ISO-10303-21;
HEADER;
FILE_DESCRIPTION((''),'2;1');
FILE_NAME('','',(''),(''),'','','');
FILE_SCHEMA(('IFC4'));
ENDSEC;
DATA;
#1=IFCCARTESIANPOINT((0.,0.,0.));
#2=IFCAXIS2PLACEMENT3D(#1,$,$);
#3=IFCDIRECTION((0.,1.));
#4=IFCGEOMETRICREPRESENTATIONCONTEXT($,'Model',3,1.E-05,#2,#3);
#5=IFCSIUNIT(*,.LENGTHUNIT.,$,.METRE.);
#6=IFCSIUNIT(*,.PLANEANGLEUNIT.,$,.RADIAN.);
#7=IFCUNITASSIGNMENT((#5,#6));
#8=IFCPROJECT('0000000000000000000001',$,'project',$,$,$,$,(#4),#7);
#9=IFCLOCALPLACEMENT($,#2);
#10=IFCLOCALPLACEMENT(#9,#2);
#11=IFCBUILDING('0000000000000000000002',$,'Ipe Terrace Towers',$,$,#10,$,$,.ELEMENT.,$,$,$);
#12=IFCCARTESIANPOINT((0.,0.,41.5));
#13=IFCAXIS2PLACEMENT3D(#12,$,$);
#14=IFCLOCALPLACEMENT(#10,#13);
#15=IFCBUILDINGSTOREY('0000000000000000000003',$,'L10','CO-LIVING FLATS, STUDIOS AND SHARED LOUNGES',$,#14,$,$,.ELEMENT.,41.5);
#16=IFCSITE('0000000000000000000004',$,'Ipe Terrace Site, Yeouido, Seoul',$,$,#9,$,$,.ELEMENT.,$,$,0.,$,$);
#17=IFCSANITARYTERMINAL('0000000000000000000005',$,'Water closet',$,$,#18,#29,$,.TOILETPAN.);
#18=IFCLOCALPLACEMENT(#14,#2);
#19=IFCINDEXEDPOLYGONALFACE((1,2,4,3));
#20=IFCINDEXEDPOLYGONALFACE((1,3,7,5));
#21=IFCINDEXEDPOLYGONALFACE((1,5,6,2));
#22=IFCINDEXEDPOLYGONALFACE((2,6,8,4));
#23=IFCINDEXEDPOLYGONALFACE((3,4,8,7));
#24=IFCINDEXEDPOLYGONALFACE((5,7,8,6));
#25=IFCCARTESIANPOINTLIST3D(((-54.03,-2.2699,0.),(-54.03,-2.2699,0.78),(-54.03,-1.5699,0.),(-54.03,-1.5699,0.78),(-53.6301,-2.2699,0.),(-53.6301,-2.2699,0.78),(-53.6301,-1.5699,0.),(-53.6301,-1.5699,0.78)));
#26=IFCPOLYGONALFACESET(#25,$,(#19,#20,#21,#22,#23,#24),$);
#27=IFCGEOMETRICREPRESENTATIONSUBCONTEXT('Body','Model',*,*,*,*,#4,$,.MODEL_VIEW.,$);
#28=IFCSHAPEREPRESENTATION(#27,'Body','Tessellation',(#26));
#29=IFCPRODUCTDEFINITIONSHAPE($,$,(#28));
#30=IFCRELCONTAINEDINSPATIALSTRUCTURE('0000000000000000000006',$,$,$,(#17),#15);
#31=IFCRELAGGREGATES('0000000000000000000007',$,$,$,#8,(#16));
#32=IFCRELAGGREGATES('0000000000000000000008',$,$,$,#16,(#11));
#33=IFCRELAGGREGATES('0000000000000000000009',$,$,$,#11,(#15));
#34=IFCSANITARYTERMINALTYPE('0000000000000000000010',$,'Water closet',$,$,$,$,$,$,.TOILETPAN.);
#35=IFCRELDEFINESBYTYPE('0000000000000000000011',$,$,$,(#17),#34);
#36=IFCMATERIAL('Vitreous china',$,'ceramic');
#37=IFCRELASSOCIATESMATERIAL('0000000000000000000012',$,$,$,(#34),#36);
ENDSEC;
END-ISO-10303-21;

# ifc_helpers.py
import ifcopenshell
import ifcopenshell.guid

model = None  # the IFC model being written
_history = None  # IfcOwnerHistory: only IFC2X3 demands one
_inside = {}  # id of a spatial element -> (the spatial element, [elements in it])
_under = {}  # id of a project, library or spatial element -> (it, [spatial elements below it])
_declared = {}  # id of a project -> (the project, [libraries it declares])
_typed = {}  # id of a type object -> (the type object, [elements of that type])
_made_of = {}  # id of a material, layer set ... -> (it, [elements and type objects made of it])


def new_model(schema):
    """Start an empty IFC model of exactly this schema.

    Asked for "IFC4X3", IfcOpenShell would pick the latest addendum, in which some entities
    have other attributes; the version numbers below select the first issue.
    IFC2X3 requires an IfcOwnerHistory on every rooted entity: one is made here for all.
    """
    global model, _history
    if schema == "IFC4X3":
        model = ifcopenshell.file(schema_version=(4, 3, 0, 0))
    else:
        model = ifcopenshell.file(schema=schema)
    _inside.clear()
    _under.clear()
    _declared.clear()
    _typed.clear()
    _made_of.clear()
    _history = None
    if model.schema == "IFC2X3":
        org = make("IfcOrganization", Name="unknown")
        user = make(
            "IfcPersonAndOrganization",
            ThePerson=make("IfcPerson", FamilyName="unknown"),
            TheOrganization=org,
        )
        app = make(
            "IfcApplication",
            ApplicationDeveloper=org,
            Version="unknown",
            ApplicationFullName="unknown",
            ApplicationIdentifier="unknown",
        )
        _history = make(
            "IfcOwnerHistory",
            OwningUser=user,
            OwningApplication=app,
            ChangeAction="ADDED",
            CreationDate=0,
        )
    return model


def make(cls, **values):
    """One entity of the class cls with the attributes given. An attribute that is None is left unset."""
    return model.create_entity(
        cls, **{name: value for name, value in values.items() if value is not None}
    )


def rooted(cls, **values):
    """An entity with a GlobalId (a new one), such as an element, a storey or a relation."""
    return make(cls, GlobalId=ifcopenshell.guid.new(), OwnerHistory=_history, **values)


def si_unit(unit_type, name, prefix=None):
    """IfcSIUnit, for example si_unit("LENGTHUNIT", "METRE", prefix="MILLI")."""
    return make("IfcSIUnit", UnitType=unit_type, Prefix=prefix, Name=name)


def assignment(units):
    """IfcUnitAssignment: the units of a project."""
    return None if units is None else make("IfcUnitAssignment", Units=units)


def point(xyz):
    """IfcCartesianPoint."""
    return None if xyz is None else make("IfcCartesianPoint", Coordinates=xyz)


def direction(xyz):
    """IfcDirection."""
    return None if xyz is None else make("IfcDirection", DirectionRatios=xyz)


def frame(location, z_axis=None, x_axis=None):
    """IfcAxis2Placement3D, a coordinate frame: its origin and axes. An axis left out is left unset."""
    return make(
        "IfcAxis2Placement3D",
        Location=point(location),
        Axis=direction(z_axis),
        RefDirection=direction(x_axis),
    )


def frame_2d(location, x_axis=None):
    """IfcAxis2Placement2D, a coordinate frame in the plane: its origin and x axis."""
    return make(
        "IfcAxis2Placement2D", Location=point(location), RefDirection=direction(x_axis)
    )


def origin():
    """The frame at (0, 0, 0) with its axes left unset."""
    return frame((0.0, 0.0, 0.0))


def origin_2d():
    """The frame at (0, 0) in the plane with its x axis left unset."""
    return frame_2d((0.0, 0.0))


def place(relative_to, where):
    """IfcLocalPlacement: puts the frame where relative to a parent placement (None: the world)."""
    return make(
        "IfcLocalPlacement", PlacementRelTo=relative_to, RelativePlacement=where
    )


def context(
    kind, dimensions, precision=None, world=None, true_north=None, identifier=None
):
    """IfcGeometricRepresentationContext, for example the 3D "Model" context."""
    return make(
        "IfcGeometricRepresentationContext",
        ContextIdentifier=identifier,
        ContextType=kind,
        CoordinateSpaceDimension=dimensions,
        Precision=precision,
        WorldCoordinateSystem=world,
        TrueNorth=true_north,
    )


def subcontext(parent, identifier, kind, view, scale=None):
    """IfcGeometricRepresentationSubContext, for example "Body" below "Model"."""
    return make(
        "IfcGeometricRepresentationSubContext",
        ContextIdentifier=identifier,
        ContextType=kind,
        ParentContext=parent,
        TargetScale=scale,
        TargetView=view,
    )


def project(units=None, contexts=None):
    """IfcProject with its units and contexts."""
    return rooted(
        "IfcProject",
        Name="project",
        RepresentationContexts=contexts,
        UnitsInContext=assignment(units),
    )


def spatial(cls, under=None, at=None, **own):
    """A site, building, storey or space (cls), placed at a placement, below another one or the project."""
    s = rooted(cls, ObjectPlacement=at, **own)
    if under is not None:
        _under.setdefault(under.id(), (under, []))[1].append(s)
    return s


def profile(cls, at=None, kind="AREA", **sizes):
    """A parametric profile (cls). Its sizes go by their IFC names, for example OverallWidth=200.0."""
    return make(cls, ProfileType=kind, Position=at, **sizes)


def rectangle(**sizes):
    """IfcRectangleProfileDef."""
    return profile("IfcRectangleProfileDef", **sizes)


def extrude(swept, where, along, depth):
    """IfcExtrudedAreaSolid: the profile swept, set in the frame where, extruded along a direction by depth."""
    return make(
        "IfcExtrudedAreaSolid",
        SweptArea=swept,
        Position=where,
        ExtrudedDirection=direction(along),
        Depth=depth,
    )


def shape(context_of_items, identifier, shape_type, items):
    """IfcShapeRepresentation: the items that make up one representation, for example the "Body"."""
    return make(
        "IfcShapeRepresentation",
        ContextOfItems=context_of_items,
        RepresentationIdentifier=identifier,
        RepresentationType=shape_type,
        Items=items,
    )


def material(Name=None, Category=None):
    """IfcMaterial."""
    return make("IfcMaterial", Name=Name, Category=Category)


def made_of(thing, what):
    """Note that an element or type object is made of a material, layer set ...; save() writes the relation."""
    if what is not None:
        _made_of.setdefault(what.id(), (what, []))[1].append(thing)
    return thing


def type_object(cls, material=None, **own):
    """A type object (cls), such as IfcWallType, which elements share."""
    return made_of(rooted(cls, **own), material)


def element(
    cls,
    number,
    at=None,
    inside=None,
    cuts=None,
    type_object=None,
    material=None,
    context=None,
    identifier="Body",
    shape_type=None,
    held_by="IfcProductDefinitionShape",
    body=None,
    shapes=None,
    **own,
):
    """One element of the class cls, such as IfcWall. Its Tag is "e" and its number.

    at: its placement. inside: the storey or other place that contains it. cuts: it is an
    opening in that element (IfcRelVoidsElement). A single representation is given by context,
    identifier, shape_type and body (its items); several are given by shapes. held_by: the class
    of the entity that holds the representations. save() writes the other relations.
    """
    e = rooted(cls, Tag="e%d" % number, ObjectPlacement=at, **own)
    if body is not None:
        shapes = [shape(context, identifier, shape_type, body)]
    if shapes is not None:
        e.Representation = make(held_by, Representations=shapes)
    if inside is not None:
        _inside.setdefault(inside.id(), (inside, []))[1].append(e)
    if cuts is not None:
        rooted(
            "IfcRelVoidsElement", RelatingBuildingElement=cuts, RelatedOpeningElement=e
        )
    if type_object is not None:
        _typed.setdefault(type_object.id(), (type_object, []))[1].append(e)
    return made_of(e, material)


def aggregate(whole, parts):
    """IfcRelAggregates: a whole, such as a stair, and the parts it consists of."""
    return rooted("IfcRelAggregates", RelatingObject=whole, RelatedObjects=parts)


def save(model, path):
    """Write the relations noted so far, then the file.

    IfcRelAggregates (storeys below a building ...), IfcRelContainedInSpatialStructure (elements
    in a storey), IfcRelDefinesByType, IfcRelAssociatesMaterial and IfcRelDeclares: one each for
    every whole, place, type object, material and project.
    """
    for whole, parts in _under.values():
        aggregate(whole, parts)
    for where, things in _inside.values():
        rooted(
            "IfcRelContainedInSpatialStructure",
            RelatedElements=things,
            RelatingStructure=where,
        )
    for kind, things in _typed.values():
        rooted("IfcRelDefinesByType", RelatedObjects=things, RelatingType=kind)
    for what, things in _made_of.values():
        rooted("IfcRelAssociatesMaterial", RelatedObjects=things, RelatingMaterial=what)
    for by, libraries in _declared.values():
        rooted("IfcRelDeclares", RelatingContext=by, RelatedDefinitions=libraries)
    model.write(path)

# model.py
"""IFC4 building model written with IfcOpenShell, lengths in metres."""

from ifc_helpers import new_model, si_unit, direction, frame, origin, origin_2d, place, context, subcontext, project, spatial, rectangle, extrude, material, type_object, element, save


model = new_model("IFC4")

# Units and contexts
model_context = context("Model", 3, precision=1e-05, world=origin(), true_north=direction((0.0, 1.0)))
body_context = subcontext(model_context, "Body", "Model", "MODEL_VIEW")
ifc_project = project(units=[si_unit("LENGTHUNIT", "METRE"), si_unit("PLANEANGLEUNIT", "RADIAN")], contexts=[model_context])

# Site, building, storey
site_placement = place(None, origin())
site = spatial("IfcSite", under=ifc_project, at=site_placement, Name="Ipe Terrace Site, Yeouido, Seoul", CompositionType="ELEMENT", RefElevation=0.0)
building_placement = place(site_placement, origin())
building = spatial("IfcBuilding", under=site, at=building_placement, Name="Ipe Terrace Towers", CompositionType="ELEMENT")
storey_placement = place(building_placement, frame((0.0, 0.0, 41.5)))
storey = spatial("IfcBuildingStorey", under=building, at=storey_placement, Name="L10", Description="CO-LIVING FLATS, STUDIOS AND SHARED LOUNGES", CompositionType="ELEMENT", Elevation=41.5)

# Sanitary terminal
ifc_material_1 = material(Name="Vitreous china", Category="ceramic")
sanitary_terminal_type_1 = type_object("IfcSanitaryTerminalType", Name="Water closet", PredefinedType="TOILETPAN", material=ifc_material_1)
sanitary_terminal_1_placement = place(storey_placement, frame((-53.8301, -1.9199, 0.0), z_axis=(0.0, 0.0, 1.0), x_axis=(0.0, -1.0, 0.0)))
element("IfcSanitaryTerminal", 1, at=sanitary_terminal_1_placement, inside=storey, type_object=sanitary_terminal_type_1, Name="Water closet", PredefinedType="TOILETPAN", context=body_context, shape_type="SweptSolid", body=[
    extrude(rectangle(XDim=0.7, YDim=0.3999, at=origin_2d()), origin(), (0.0, 0.0, 1.0), 0.78),
])

save(model, "model.ifc")
